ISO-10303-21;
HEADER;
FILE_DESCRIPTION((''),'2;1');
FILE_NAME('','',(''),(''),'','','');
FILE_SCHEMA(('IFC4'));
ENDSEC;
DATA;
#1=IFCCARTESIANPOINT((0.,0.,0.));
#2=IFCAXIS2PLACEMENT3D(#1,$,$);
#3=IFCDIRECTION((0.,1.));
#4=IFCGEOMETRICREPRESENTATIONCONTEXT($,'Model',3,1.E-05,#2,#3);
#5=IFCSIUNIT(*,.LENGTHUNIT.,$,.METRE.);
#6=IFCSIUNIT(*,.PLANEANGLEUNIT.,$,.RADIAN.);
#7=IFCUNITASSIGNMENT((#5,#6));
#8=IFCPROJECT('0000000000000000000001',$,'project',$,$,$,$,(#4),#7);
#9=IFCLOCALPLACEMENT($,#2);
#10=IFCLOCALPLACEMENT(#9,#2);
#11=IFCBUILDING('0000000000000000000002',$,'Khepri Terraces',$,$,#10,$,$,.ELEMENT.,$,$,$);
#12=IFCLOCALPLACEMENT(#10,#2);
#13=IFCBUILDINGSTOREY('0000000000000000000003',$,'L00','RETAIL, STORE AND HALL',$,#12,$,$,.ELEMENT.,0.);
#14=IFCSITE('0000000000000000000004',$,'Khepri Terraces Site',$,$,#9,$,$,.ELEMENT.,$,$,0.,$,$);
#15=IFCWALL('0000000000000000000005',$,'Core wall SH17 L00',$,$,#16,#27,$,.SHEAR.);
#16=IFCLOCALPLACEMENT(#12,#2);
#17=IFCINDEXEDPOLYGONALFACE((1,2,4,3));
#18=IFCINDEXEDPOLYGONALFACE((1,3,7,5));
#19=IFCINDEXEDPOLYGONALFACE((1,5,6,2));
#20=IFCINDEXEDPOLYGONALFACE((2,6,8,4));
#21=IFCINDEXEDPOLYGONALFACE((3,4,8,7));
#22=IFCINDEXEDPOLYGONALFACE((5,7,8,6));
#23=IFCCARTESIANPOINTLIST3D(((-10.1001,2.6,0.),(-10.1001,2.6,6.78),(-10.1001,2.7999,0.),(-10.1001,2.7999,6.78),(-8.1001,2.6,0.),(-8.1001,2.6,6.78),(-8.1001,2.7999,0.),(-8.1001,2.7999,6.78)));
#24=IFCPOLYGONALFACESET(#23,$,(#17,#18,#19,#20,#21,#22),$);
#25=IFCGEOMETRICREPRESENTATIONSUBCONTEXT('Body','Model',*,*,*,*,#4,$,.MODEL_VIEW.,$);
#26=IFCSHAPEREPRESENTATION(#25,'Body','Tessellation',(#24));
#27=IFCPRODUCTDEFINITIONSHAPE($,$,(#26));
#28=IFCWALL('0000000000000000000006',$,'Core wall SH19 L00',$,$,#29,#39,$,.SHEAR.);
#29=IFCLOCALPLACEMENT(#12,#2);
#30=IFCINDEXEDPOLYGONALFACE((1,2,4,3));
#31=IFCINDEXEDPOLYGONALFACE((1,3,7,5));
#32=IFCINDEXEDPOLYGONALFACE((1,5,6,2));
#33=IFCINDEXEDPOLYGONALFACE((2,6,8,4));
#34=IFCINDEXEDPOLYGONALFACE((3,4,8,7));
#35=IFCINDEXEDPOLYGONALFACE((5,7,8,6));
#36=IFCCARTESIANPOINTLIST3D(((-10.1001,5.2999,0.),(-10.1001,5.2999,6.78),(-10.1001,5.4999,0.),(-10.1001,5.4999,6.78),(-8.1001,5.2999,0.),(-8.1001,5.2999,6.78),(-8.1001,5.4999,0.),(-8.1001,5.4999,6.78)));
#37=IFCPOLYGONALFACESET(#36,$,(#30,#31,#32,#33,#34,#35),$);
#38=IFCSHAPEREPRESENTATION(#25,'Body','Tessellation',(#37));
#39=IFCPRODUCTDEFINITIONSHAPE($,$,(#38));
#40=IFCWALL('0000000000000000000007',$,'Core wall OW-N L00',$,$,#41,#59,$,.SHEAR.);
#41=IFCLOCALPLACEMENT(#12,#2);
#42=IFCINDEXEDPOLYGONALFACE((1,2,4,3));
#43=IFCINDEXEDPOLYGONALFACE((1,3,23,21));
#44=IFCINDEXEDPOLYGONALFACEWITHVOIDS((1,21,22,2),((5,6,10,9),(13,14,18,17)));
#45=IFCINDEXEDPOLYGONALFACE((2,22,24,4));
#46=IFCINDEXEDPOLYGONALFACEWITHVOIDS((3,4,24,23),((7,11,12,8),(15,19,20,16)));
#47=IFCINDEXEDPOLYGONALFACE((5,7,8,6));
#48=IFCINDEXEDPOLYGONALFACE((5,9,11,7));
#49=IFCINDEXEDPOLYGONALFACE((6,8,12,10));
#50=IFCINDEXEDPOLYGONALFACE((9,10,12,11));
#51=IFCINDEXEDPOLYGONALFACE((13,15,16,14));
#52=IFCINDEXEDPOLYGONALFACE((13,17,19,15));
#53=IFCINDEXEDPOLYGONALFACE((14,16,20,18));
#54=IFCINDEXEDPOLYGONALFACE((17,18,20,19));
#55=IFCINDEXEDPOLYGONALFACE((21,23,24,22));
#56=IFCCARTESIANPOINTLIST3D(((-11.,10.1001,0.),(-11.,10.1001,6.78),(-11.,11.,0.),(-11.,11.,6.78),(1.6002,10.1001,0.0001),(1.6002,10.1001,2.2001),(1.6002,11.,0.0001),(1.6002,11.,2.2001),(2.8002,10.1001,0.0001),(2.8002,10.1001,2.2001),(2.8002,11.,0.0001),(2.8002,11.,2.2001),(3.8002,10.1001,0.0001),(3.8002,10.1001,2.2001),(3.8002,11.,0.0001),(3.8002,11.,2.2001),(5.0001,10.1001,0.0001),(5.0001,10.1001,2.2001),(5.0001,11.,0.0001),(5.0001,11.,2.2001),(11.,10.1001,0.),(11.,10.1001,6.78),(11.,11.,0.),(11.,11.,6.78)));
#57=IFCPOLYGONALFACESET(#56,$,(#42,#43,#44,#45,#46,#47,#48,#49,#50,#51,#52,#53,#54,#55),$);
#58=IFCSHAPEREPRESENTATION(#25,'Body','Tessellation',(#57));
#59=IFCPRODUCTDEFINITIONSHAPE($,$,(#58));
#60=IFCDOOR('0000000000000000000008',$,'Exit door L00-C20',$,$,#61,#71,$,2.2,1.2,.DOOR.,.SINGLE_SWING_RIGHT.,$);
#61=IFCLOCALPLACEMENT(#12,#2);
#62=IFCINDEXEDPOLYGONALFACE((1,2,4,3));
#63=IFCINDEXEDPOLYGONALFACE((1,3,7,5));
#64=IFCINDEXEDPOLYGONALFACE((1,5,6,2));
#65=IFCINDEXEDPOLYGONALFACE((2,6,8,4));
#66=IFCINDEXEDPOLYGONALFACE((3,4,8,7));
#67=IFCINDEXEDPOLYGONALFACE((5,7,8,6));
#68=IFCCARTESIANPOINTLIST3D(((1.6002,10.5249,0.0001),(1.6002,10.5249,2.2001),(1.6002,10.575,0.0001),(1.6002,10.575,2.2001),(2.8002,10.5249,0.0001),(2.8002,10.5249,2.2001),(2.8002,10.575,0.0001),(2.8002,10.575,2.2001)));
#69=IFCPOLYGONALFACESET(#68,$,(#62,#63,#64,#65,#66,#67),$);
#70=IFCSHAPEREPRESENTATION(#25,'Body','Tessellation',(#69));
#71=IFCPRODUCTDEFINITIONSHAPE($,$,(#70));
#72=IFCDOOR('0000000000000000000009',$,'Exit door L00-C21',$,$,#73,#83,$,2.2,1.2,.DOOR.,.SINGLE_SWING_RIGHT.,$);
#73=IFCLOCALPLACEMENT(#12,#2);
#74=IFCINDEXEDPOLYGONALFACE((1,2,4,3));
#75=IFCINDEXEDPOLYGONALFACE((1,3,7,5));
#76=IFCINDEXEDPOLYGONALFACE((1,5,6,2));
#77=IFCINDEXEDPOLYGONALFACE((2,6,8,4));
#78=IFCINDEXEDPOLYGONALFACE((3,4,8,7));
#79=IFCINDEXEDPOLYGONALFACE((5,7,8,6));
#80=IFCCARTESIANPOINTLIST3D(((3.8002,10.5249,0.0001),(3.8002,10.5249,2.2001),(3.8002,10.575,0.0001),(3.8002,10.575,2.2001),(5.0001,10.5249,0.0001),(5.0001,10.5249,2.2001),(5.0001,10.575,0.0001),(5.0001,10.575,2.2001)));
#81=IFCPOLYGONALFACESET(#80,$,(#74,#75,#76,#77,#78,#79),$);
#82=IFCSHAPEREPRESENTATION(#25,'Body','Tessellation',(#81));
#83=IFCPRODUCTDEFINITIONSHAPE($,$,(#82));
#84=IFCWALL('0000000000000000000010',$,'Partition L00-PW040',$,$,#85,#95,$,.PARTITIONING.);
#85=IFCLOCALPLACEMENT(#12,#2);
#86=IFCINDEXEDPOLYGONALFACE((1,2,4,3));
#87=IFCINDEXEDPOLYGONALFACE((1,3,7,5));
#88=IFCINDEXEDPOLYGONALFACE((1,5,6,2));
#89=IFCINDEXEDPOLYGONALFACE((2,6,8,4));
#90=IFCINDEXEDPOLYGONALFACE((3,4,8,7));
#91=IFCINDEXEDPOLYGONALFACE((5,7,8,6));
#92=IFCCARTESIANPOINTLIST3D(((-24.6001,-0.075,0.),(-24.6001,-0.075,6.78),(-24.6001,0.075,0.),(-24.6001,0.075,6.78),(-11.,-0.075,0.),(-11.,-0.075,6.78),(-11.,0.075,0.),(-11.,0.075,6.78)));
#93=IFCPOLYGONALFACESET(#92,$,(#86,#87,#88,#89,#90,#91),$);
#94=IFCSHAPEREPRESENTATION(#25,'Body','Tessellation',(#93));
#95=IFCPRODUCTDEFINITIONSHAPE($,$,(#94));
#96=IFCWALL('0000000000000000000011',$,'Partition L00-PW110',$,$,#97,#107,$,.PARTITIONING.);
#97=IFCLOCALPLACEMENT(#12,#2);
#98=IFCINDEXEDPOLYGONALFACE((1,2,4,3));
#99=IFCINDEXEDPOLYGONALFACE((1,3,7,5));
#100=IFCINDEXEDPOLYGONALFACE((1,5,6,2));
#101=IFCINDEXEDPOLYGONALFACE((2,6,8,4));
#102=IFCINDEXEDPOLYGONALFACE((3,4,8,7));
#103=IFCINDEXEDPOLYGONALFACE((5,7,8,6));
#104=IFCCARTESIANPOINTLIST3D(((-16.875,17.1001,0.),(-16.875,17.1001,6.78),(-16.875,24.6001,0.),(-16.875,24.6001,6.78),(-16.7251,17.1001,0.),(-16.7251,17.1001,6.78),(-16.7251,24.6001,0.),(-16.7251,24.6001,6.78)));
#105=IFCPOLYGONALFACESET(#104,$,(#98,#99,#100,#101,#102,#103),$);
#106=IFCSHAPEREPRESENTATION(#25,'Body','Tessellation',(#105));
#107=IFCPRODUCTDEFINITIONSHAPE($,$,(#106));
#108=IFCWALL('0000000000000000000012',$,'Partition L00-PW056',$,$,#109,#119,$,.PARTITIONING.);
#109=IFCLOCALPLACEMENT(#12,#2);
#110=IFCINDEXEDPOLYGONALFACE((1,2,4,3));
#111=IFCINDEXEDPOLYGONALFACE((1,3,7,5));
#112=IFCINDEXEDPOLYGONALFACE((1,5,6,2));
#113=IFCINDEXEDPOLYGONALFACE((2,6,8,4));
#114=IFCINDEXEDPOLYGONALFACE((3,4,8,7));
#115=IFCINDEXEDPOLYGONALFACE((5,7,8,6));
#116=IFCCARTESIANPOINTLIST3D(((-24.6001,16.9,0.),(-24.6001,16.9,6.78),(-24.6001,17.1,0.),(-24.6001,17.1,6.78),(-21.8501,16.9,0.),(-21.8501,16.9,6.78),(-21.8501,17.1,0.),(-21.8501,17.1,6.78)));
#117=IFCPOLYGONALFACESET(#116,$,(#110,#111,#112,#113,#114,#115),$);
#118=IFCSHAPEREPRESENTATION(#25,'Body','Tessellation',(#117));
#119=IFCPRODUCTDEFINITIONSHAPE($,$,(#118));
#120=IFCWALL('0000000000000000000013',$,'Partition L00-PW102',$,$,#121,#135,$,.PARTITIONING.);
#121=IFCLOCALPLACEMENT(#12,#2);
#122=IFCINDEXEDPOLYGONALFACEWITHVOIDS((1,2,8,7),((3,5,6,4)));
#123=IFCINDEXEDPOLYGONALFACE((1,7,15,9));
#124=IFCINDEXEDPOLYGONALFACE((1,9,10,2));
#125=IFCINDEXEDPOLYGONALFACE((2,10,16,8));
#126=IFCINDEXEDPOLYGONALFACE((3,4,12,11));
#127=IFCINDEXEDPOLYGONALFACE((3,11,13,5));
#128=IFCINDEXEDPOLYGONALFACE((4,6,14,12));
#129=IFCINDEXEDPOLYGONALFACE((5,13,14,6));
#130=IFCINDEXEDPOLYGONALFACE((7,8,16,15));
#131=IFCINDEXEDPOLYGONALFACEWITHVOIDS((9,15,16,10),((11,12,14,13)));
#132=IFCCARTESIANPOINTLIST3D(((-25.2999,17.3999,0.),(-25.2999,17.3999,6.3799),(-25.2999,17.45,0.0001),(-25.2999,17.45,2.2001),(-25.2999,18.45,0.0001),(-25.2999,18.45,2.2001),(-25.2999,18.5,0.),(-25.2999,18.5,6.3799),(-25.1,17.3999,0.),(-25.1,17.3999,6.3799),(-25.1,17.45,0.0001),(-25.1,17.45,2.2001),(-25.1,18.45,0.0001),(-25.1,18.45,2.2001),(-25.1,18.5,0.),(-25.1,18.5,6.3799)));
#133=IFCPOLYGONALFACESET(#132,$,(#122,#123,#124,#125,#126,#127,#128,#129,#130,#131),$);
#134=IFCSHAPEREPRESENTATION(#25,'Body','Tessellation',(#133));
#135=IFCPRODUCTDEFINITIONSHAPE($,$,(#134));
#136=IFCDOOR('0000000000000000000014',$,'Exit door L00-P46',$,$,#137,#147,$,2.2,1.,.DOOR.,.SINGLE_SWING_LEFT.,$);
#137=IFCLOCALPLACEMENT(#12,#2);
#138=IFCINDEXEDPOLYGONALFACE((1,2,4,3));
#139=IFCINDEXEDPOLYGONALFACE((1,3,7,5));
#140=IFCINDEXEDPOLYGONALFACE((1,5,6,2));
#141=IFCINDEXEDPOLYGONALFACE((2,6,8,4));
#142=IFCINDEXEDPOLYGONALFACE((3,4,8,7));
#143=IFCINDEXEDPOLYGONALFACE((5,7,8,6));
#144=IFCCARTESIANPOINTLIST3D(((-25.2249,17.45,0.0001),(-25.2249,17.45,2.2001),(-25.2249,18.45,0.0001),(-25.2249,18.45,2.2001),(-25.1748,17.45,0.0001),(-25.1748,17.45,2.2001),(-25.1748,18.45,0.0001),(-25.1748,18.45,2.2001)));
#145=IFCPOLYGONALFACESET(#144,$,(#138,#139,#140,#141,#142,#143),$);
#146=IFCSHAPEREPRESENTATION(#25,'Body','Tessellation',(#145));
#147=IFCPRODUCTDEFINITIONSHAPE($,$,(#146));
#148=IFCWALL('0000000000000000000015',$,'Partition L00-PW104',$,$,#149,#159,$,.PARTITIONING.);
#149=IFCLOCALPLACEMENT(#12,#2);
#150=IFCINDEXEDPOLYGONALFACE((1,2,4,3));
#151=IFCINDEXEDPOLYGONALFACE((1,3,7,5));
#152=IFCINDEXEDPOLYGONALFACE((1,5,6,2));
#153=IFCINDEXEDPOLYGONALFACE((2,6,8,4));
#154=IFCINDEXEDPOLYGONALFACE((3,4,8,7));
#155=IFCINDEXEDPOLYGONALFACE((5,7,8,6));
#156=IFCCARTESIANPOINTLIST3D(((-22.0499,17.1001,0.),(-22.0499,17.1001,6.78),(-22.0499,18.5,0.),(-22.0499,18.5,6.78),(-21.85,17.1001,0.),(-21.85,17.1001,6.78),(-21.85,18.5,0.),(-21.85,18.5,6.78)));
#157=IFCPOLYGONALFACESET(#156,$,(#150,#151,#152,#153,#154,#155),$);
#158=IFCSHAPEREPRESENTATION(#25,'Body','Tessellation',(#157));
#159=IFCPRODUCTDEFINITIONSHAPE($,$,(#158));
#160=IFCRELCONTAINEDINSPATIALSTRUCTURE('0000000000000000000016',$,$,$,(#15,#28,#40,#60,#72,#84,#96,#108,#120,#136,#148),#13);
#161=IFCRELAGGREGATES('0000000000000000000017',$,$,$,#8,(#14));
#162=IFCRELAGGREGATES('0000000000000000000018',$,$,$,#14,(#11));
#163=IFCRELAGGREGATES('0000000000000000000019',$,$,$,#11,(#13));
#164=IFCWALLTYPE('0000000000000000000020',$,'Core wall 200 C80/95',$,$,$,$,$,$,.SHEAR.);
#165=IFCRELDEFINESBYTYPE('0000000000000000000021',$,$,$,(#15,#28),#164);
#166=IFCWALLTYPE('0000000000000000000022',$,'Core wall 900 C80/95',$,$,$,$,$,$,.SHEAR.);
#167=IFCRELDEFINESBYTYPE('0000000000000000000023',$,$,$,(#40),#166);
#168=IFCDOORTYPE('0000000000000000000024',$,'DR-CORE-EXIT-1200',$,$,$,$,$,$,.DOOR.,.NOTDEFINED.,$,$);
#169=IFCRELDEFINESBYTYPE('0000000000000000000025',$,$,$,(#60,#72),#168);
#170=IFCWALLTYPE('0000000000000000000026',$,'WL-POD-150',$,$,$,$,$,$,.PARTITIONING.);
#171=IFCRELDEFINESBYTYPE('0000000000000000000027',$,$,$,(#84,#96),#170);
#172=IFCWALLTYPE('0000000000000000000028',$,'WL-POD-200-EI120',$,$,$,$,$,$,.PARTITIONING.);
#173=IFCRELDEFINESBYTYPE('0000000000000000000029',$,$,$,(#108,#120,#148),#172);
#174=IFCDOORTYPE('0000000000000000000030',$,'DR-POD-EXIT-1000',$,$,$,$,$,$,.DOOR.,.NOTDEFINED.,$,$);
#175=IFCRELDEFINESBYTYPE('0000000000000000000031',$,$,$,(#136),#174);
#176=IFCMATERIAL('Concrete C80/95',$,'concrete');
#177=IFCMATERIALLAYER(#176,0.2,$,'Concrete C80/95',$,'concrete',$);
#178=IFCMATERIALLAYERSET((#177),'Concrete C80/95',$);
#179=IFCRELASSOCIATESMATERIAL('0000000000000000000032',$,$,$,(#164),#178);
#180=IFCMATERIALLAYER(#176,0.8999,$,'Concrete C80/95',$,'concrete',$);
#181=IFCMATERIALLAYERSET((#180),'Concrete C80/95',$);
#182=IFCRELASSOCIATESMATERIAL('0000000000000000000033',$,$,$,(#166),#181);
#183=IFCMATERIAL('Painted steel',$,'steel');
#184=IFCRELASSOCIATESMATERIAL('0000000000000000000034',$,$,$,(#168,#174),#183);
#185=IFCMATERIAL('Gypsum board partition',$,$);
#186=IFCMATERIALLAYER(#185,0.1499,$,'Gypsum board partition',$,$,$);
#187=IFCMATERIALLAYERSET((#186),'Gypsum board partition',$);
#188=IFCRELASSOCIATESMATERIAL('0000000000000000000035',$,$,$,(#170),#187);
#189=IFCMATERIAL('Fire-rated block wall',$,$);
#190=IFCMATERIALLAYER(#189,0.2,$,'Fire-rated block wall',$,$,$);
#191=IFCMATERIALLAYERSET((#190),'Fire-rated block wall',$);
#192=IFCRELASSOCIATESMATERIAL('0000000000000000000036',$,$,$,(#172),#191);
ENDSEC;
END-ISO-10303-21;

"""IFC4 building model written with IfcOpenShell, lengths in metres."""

from ifc_helpers import new_model, si_unit, direction, frame, frame_2d, origin, place, context, subcontext, project, spatial, rectangle, extrude, material, layer, layer_set, type_object, element, fill, save


model = new_model("IFC4")

# Units and contexts
model_context = context("Model", 3, precision=1e-05, world=origin(), true_north=direction((0.0, 1.0)))
body_context = subcontext(model_context, "Body", "Model", "MODEL_VIEW")
ifc_project = project(units=[si_unit("LENGTHUNIT", "METRE"), si_unit("PLANEANGLEUNIT", "RADIAN")], contexts=[model_context])

# Site, building, storey
site_placement = place(None, origin())
site = spatial("IfcSite", under=ifc_project, at=site_placement, Name="Khepri Terraces Site", CompositionType="ELEMENT", RefElevation=0.0)
building_placement = place(site_placement, origin())
building = spatial("IfcBuilding", under=site, at=building_placement, Name="Khepri Terraces", CompositionType="ELEMENT")
storey_placement = place(building_placement, origin())
storey = spatial("IfcBuildingStorey", under=building, at=storey_placement, Name="L00", Description="RETAIL, STORE AND HALL", CompositionType="ELEMENT", Elevation=0.0)

# Shared definitions
ifc_material_1 = material(Name="Concrete C80/95", Category="concrete")

# Walls
ifc_layer_1 = layer(ifc_material_1, 0.2, Name="Concrete C80/95", Category="concrete")
ifc_layer_set_1 = layer_set([ifc_layer_1], Name="Concrete C80/95")
wall_type_1 = type_object("IfcWallType", Name="Core wall 200 C80/95", PredefinedType="SHEAR", material=ifc_layer_set_1)
for number, where, z_axis, x_axis, name in (
    (1, (-10.1001, 2.7, 0.0), (0.0, 0.0, 1.0), (1.0, 0.0, 0.0), "Core wall SH17 L00"),
    (2, (-10.1001, 5.3999, 0.0), (0.0, 0.0, 1.0), (1.0, 0.0, 0.0), "Core wall SH19 L00"),
):
    element("IfcWall", number, at=place(storey_placement, frame(where, z_axis=z_axis, x_axis=x_axis)), inside=storey, type_object=wall_type_1, Name=name, PredefinedType="SHEAR", context=body_context, shape_type="SweptSolid", body=[
        extrude(rectangle(XDim=2.0, YDim=0.2, at=frame_2d((1.0, 0.0))), origin(), (0.0, 0.0, 1.0), 6.78),
    ])

# Wall, openings, doors
ifc_layer_2 = layer(ifc_material_1, 0.8999, Name="Concrete C80/95", Category="concrete")
ifc_layer_set_2 = layer_set([ifc_layer_2], Name="Concrete C80/95")
wall_type_2 = type_object("IfcWallType", Name="Core wall 900 C80/95", PredefinedType="SHEAR", material=ifc_layer_set_2)
wall_1_placement = place(storey_placement, frame((-11.0, 10.55, 0.0), z_axis=(0.0, 0.0, 1.0), x_axis=(1.0, 0.0, 0.0)))
wall_1 = element("IfcWall", 3, at=wall_1_placement, inside=storey, type_object=wall_type_2, Name="Core wall OW-N L00", PredefinedType="SHEAR", context=body_context, shape_type="SweptSolid", body=[
    extrude(rectangle(XDim=22.0, YDim=0.8999, at=frame_2d((11.0, 0.0))), origin(), (0.0, 0.0, 1.0), 6.78),
])
opening_1_placement = place(wall_1_placement, frame((12.6001, 0.0, 0.0)))
opening_1 = element("IfcOpeningElement", 4, at=opening_1_placement, cuts=wall_1, PredefinedType="OPENING", context=body_context, shape_type="SweptSolid", body=[
    extrude(rectangle(XDim=1.2, YDim=2.2, at=frame_2d((0.6001, 1.1001))), frame((0.0, 0.46, 0.0), z_axis=(0.0, -1.0, 0.0), x_axis=(1.0, 0.0, 0.0)), (0.0, 0.0, 1.0), 0.9199),
])
opening_2_placement = place(wall_1_placement, frame((14.8, 0.0, 0.0)))
opening_2 = element("IfcOpeningElement", 5, at=opening_2_placement, cuts=wall_1, PredefinedType="OPENING", context=body_context, shape_type="SweptSolid", body=[
    extrude(rectangle(XDim=1.2, YDim=2.2, at=frame_2d((0.6001, 1.1001))), frame((0.0, 0.46, 0.0), z_axis=(0.0, -1.0, 0.0), x_axis=(1.0, 0.0, 0.0)), (0.0, 0.0, 1.0), 0.9199),
])
ifc_material_2 = material(Name="Painted steel", Category="steel")
door_type_1 = type_object("IfcDoorType", Name="DR-CORE-EXIT-1200", OperationType="NOTDEFINED", PredefinedType="DOOR", material=ifc_material_2)
door_1_placement = place(opening_1_placement, origin())
door_1 = element("IfcDoor", 6, at=door_1_placement, inside=storey, type_object=door_type_1, Name="Exit door L00-C20", OperationType="SINGLE_SWING_RIGHT", OverallHeight=2.2, OverallWidth=1.2, PredefinedType="DOOR", context=body_context, shape_type="SweptSolid", body=[
    extrude(rectangle(XDim=1.2, YDim=2.2, at=frame_2d((0.6001, 1.1001))), frame((0.0, 0.0249, 0.0), z_axis=(0.0, -1.0, 0.0), x_axis=(1.0, 0.0, 0.0)), (0.0, 0.0, 1.0), 0.05),
])
fill(opening_1, door_1)
door_2_placement = place(opening_2_placement, origin())
door_2 = element("IfcDoor", 7, at=door_2_placement, inside=storey, type_object=door_type_1, Name="Exit door L00-C21", OperationType="SINGLE_SWING_RIGHT", OverallHeight=2.2, OverallWidth=1.2, PredefinedType="DOOR", context=body_context, shape_type="SweptSolid", body=[
    extrude(rectangle(XDim=1.2, YDim=2.2, at=frame_2d((0.6001, 1.1001))), frame((0.0, 0.0249, 0.0), z_axis=(0.0, -1.0, 0.0), x_axis=(1.0, 0.0, 0.0)), (0.0, 0.0, 1.0), 0.05),
])
fill(opening_2, door_2)

# Walls
ifc_material_3 = material(Name="Gypsum board partition")
ifc_layer_3 = layer(ifc_material_3, 0.1499, Name="Gypsum board partition")
ifc_layer_set_3 = layer_set([ifc_layer_3], Name="Gypsum board partition")
wall_type_3 = type_object("IfcWallType", Name="WL-POD-150", PredefinedType="PARTITIONING", material=ifc_layer_set_3)
wall_2_placement = place(storey_placement, frame((-24.6001, 0.0, 0.0), z_axis=(0.0, 0.0, 1.0), x_axis=(1.0, 0.0, 0.0)))
element("IfcWall", 8, at=wall_2_placement, inside=storey, type_object=wall_type_3, Name="Partition L00-PW040", PredefinedType="PARTITIONING", context=body_context, shape_type="SweptSolid", body=[
    extrude(rectangle(XDim=13.6001, YDim=0.1499, at=frame_2d((6.8, 0.0))), origin(), (0.0, 0.0, 1.0), 6.78),
])
wall_3_placement = place(storey_placement, frame((-16.8, 17.1001, 0.0), z_axis=(0.0, 0.0, 1.0), x_axis=(0.0, 1.0, 0.0)))
element("IfcWall", 9, at=wall_3_placement, inside=storey, type_object=wall_type_3, Name="Partition L00-PW110", PredefinedType="PARTITIONING", context=body_context, shape_type="SweptSolid", body=[
    extrude(rectangle(XDim=7.5, YDim=0.1499, at=frame_2d((3.75, 0.0))), origin(), (0.0, 0.0, 1.0), 6.78),
])
ifc_material_4 = material(Name="Fire-rated block wall")
ifc_layer_4 = layer(ifc_material_4, 0.2, Name="Fire-rated block wall")
ifc_layer_set_4 = layer_set([ifc_layer_4], Name="Fire-rated block wall")
wall_type_4 = type_object("IfcWallType", Name="WL-POD-200-EI120", PredefinedType="PARTITIONING", material=ifc_layer_set_4)
wall_4_placement = place(storey_placement, frame((-24.6001, 17.0, 0.0), z_axis=(0.0, 0.0, 1.0), x_axis=(1.0, 0.0, 0.0)))
element("IfcWall", 10, at=wall_4_placement, inside=storey, type_object=wall_type_4, Name="Partition L00-PW056", PredefinedType="PARTITIONING", context=body_context, shape_type="SweptSolid", body=[
    extrude(rectangle(XDim=2.75, YDim=0.2, at=frame_2d((1.375, 0.0))), origin(), (0.0, 0.0, 1.0), 6.78),
])

# Wall, opening, door
wall_5_placement = place(storey_placement, frame((-25.2, 17.3999, 0.0), z_axis=(0.0, 0.0, 1.0), x_axis=(0.0, 1.0, 0.0)))
wall_5 = element("IfcWall", 11, at=wall_5_placement, inside=storey, type_object=wall_type_4, Name="Partition L00-PW102", PredefinedType="PARTITIONING", context=body_context, shape_type="SweptSolid", body=[
    extrude(rectangle(XDim=1.1001, YDim=0.2, at=frame_2d((0.55, 0.0))), origin(), (0.0, 0.0, 1.0), 6.3799),
])
opening_3_placement = place(wall_5_placement, frame((0.05, 0.0, 0.0)))
opening_3 = element("IfcOpeningElement", 12, at=opening_3_placement, cuts=wall_5, PredefinedType="OPENING", context=body_context, shape_type="SweptSolid", body=[
    extrude(rectangle(XDim=1.0, YDim=2.2, at=frame_2d((0.5, 1.1001))), frame((0.0, 0.1099, 0.0), z_axis=(0.0, -1.0, 0.0), x_axis=(1.0, 0.0, 0.0)), (0.0, 0.0, 1.0), 0.22),
])
door_type_2 = type_object("IfcDoorType", Name="DR-POD-EXIT-1000", OperationType="NOTDEFINED", PredefinedType="DOOR", material=ifc_material_2)
door_3_placement = place(opening_3_placement, origin())
door_3 = element("IfcDoor", 13, at=door_3_placement, inside=storey, type_object=door_type_2, Name="Exit door L00-P46", OperationType="SINGLE_SWING_LEFT", OverallHeight=2.2, OverallWidth=1.0, PredefinedType="DOOR", context=body_context, shape_type="SweptSolid", body=[
    extrude(rectangle(XDim=1.0, YDim=2.2, at=frame_2d((0.5, 1.1001))), frame((0.0, 0.0249, 0.0), z_axis=(0.0, -1.0, 0.0), x_axis=(1.0, 0.0, 0.0)), (0.0, 0.0, 1.0), 0.05),
])
fill(opening_3, door_3)

# Wall
wall_6_placement = place(storey_placement, frame((-21.95, 17.1001, 0.0), z_axis=(0.0, 0.0, 1.0), x_axis=(0.0, 1.0, 0.0)))
element("IfcWall", 14, at=wall_6_placement, inside=storey, type_object=wall_type_4, Name="Partition L00-PW104", PredefinedType="PARTITIONING", context=body_context, shape_type="SweptSolid", body=[
    extrude(rectangle(XDim=1.3999, YDim=0.2, at=frame_2d((0.7, 0.0))), origin(), (0.0, 0.0, 1.0), 6.78),
])

save(model, "model.ifc")
